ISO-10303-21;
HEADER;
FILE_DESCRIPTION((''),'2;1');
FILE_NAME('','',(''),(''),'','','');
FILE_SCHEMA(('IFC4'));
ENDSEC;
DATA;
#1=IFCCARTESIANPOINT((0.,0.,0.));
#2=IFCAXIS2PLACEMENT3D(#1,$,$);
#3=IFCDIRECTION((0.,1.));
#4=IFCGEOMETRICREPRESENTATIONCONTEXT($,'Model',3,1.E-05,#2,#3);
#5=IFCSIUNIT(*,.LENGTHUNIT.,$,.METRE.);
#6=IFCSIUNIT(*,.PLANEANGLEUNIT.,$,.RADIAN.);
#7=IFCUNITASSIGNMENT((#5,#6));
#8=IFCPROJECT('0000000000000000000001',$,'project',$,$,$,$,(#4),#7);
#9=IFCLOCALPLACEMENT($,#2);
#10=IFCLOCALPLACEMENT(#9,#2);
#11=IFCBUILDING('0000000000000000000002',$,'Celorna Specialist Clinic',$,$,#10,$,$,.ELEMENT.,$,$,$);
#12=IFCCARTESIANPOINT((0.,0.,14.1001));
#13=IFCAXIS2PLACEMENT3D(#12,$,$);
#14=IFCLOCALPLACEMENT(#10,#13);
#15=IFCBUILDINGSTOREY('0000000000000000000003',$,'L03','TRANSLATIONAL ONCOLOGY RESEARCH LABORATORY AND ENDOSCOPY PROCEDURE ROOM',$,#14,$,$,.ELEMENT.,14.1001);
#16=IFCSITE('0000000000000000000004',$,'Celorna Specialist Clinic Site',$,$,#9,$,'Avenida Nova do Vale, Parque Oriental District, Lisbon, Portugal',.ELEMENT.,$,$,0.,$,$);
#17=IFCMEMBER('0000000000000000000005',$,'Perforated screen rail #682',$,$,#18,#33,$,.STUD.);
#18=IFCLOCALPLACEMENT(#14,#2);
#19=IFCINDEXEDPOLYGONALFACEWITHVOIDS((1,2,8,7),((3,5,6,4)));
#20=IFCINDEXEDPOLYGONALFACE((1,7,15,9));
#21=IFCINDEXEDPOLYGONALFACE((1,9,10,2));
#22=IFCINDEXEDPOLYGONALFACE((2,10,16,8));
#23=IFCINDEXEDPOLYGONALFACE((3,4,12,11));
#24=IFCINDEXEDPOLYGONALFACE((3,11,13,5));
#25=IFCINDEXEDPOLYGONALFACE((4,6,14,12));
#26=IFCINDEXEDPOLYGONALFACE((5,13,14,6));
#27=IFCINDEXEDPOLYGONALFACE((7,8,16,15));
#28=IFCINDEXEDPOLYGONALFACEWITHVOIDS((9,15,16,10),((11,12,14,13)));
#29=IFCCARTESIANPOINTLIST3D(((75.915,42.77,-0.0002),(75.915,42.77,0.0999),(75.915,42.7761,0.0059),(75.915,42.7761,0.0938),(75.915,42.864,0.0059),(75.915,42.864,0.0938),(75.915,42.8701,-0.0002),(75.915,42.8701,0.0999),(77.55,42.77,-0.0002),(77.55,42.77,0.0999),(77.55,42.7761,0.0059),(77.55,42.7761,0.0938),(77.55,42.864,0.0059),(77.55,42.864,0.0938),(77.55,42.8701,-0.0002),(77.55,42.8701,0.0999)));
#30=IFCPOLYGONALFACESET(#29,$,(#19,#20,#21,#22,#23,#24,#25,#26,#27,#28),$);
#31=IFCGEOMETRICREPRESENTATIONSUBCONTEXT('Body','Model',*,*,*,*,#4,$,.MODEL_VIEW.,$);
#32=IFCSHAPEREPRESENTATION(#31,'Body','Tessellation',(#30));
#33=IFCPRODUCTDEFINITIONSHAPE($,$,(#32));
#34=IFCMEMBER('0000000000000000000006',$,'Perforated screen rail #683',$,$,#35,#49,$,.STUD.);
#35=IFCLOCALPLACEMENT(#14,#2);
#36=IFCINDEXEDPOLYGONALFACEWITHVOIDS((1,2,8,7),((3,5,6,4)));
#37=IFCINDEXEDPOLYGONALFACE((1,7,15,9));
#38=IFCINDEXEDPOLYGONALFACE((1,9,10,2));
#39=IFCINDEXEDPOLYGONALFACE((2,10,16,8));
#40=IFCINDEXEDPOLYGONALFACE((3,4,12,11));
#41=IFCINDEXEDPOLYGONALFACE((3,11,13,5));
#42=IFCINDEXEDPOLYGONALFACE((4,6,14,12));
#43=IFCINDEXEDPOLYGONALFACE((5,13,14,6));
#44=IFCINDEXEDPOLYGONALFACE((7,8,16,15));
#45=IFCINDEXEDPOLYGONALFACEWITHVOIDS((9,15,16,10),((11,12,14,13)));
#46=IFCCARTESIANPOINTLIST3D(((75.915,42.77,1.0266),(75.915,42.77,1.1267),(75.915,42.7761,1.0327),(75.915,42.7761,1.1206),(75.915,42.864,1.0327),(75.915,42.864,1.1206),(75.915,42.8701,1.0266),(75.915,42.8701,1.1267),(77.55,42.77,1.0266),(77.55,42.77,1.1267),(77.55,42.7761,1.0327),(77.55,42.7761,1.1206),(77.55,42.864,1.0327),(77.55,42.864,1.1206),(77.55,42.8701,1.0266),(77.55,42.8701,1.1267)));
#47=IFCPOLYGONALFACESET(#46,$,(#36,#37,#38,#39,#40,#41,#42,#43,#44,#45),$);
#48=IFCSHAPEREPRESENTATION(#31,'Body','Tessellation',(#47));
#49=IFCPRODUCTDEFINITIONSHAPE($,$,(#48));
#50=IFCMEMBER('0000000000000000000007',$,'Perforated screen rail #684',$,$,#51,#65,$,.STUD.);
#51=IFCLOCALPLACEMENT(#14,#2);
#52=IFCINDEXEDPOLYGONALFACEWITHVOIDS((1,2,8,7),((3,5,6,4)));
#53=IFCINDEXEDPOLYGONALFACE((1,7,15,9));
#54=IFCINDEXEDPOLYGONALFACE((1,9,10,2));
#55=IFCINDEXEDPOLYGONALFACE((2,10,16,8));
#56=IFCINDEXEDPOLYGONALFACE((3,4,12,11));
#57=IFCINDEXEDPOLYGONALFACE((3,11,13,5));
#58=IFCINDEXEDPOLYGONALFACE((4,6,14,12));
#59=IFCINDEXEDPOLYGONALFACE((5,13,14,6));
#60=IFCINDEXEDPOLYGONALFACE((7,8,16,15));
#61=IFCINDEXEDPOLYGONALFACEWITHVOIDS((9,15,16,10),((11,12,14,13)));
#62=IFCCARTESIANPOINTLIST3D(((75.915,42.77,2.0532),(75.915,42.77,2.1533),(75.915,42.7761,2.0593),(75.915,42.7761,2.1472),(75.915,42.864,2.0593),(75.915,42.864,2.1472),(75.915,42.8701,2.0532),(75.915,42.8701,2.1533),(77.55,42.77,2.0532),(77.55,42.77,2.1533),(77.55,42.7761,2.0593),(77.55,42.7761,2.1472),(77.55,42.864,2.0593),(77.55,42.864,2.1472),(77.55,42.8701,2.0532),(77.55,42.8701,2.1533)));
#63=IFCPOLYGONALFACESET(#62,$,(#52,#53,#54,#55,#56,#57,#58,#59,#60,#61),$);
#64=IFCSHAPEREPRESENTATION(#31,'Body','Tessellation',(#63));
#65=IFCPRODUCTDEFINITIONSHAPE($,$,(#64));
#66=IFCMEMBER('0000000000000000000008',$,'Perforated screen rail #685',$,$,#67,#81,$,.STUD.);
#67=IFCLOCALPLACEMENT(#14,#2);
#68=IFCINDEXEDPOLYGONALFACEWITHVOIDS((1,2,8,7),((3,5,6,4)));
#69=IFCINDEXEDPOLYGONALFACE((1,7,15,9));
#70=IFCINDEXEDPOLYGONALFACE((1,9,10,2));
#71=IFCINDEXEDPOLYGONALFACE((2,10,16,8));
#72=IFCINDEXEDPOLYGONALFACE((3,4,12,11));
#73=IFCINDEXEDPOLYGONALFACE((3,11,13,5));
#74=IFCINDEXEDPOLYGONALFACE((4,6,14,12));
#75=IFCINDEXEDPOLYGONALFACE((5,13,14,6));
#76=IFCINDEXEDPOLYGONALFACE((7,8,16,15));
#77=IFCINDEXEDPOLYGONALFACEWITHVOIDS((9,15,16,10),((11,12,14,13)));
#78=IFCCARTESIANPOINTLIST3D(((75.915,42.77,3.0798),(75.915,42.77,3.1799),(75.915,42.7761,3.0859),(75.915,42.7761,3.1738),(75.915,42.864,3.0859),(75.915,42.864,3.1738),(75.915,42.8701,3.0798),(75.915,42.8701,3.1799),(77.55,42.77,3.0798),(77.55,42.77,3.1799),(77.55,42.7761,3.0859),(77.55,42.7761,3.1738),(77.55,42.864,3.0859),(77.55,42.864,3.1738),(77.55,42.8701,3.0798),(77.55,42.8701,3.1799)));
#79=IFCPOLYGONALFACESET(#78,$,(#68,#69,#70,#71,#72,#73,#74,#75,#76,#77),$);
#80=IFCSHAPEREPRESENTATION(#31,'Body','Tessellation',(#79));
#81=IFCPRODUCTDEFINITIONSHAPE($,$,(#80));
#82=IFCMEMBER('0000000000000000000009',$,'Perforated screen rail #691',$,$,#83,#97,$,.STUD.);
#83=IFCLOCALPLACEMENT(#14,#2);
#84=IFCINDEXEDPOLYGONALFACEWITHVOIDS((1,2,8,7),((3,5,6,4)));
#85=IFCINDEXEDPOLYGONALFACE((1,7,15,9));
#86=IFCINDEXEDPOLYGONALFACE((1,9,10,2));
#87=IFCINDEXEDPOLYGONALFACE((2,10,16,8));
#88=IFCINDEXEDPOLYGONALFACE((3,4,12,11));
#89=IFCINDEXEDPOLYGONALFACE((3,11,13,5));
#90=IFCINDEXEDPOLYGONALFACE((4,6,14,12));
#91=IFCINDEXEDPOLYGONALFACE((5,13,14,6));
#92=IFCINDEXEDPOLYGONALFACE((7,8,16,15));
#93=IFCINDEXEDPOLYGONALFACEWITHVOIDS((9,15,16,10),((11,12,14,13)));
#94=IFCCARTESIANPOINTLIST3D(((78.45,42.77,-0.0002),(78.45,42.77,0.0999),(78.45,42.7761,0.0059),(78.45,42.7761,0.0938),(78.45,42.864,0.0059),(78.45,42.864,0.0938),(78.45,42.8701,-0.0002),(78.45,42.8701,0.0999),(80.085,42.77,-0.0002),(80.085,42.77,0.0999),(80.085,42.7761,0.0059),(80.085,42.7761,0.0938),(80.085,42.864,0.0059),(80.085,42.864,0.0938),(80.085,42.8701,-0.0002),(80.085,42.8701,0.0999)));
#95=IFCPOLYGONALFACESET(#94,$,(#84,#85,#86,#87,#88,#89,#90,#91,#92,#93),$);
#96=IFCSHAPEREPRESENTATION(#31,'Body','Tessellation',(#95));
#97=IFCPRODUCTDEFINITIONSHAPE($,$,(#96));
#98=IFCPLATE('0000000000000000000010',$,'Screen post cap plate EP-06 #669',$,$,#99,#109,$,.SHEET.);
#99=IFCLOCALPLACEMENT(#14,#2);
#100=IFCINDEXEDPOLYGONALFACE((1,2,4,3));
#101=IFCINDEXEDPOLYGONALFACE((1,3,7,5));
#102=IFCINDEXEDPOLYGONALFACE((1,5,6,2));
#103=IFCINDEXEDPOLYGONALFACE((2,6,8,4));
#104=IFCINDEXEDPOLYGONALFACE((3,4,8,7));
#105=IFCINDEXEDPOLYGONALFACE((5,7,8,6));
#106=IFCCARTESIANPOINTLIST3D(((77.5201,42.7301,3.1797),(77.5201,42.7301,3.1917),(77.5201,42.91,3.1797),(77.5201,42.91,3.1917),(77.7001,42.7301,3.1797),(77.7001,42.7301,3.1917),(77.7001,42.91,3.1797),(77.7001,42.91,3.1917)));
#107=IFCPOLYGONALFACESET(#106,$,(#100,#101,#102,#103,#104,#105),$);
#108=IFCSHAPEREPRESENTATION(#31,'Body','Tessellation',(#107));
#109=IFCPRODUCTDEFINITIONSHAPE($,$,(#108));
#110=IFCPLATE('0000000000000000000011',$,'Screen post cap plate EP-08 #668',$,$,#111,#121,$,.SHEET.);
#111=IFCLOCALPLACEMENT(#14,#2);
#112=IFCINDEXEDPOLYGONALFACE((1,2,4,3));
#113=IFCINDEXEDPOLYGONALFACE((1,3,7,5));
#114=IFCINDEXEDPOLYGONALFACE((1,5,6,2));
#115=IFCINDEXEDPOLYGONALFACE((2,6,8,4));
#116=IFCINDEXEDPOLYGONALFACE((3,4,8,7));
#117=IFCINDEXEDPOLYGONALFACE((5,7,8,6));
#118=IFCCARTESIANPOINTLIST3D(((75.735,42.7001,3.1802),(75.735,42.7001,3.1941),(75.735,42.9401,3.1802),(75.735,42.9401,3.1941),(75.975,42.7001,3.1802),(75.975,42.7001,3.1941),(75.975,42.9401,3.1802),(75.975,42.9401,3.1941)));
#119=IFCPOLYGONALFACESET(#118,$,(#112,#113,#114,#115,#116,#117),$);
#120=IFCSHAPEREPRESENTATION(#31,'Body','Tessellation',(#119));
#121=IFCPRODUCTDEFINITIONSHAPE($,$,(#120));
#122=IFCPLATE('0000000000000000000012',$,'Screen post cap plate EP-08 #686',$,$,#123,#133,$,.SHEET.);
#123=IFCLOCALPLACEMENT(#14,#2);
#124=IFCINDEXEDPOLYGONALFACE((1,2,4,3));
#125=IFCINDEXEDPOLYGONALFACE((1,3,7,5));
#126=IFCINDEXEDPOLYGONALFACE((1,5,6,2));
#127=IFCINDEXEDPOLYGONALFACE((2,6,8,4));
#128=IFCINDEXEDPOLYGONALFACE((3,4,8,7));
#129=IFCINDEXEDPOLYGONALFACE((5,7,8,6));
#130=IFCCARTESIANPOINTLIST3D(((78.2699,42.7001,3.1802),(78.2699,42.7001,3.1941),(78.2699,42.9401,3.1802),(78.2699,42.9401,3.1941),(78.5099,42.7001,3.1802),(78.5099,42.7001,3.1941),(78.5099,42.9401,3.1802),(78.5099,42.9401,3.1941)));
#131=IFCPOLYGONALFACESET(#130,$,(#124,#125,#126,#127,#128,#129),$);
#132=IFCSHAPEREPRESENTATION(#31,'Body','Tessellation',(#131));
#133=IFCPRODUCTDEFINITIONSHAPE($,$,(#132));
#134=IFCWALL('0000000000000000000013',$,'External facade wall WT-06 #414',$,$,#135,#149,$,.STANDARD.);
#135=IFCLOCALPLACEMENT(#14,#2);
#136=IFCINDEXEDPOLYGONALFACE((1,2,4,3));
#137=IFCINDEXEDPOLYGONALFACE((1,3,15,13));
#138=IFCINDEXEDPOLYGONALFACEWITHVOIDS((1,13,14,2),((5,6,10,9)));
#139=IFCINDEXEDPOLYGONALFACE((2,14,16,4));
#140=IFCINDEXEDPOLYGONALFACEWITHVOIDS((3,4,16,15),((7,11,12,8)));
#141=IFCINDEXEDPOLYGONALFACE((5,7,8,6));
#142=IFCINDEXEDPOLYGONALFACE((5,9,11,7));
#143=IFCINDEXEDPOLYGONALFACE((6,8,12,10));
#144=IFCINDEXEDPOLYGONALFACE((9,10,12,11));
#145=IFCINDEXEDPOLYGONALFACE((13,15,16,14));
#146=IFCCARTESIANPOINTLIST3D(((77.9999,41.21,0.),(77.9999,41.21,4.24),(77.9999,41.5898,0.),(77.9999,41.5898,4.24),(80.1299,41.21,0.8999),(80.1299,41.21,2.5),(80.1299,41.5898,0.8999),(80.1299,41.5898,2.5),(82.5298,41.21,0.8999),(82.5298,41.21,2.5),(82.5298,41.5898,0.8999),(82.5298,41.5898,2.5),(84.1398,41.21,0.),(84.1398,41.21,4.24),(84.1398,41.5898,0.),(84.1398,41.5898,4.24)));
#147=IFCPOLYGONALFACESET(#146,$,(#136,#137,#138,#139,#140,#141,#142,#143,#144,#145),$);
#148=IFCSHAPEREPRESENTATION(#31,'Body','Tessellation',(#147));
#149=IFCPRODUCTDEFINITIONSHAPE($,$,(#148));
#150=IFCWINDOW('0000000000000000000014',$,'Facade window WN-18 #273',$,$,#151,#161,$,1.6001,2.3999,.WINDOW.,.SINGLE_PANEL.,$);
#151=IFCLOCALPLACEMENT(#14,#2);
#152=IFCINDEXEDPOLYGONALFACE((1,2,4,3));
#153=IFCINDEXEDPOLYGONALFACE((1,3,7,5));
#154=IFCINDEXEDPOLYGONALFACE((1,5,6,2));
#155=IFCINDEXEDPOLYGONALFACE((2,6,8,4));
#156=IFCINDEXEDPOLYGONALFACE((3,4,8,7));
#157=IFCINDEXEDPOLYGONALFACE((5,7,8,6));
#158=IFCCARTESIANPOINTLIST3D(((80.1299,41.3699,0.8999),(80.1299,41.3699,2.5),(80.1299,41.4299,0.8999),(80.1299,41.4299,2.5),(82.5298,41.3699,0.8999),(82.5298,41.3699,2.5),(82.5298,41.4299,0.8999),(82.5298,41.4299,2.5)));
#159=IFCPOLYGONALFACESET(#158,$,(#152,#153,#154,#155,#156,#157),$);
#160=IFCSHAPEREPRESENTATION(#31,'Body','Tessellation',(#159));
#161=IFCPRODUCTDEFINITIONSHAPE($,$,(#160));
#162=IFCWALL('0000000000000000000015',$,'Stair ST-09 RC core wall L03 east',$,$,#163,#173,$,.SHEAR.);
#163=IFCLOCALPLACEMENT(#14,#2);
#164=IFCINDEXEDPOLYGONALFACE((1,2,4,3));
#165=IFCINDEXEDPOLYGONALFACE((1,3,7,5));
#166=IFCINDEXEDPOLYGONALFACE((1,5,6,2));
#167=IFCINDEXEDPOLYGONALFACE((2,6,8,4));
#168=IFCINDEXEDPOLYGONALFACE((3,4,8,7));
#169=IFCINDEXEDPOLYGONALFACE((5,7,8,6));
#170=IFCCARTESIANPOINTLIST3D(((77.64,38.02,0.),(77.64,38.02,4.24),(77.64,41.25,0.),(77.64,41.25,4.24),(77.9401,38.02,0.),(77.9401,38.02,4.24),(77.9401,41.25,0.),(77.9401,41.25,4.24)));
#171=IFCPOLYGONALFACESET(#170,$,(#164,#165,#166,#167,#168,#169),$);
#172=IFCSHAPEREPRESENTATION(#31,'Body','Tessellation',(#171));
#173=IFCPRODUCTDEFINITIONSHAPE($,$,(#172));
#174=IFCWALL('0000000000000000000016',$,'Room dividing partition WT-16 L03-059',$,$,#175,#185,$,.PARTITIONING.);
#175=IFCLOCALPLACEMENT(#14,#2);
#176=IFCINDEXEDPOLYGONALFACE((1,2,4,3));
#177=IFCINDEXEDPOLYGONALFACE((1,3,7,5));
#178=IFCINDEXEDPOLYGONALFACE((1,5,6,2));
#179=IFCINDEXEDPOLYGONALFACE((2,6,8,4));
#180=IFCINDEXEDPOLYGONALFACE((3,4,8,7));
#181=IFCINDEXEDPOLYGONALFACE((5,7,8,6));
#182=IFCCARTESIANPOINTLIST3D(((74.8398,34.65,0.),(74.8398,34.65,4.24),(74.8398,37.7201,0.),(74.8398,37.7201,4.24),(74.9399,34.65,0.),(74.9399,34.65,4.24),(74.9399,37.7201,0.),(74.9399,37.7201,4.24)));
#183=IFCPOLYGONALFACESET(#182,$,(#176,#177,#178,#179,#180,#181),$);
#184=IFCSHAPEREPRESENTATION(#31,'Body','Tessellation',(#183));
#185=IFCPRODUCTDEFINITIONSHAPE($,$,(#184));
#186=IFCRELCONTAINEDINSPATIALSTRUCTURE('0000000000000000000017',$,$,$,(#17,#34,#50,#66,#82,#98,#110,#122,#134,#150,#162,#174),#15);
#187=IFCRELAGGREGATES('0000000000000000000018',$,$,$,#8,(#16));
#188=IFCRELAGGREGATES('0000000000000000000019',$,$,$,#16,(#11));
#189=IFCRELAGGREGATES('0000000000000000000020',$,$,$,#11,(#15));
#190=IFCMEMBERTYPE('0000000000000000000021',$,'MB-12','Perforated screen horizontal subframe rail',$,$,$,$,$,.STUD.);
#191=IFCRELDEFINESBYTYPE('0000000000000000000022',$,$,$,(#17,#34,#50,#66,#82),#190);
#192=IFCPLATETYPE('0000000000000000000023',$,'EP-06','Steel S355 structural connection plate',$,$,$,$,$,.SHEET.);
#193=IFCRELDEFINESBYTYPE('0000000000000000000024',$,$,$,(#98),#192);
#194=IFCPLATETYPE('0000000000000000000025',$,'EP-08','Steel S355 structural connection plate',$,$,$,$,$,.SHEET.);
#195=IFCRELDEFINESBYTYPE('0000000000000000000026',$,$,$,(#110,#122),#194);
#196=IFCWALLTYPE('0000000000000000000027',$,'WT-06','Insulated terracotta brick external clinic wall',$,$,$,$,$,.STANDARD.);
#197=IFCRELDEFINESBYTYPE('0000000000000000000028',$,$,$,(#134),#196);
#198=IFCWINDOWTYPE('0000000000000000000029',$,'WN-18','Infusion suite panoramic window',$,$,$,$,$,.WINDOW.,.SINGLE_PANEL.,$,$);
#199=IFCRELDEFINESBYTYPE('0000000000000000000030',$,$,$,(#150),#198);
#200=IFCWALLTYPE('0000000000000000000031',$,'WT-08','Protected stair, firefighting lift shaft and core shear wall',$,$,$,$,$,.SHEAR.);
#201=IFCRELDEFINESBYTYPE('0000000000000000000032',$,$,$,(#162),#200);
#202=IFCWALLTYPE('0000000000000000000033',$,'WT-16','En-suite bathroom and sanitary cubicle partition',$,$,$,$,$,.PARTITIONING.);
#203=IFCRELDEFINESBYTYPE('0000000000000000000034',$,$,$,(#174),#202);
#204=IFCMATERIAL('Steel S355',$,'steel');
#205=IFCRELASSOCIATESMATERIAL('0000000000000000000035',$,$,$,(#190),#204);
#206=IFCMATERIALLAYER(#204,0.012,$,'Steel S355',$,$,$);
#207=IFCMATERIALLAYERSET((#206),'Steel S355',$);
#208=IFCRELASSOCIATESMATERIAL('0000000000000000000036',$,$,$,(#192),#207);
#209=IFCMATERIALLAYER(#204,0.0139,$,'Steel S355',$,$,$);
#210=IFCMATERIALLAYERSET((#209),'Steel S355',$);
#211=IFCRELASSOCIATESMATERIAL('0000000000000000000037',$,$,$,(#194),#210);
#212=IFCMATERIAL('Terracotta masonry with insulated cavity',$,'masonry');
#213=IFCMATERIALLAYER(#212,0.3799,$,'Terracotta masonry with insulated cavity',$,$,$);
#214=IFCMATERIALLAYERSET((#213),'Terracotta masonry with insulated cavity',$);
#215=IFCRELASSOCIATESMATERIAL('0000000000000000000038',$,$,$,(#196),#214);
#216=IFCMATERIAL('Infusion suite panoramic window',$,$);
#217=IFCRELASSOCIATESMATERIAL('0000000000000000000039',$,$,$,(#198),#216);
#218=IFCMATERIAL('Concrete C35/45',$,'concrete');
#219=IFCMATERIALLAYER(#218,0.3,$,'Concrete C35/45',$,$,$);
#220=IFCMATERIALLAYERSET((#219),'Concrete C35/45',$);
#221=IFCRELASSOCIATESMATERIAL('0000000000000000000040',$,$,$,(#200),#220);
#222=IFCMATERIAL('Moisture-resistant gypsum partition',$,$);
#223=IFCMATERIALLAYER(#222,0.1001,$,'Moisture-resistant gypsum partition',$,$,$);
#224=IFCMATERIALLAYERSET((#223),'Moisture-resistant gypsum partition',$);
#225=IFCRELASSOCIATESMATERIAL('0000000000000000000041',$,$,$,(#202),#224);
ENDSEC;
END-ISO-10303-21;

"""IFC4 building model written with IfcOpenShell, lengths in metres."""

from ifc_helpers import new_model, si_unit, direction, frame, frame_2d, origin, origin_2d, place, context, subcontext, project, spatial, rectangle, hollow_rectangle, extrude, material, layer, layer_set, material_profile, profile_set, type_object, element, fill, save


model = new_model("IFC4")

# Units and contexts
model_context = context("Model", 3, precision=1e-05, world=origin(), true_north=direction((0.0, 1.0)))
body_context = subcontext(model_context, "Body", "Model", "MODEL_VIEW")
ifc_project = project(units=[si_unit("LENGTHUNIT", "METRE"), si_unit("PLANEANGLEUNIT", "RADIAN")], contexts=[model_context])

# Site, building, storey
site_placement = place(None, origin())
site = spatial("IfcSite", under=ifc_project, at=site_placement, Name="Celorna Specialist Clinic Site", LongName="Avenida Nova do Vale, Parque Oriental District, Lisbon, Portugal", CompositionType="ELEMENT", RefElevation=0.0)
building_placement = place(site_placement, origin())
building = spatial("IfcBuilding", under=site, at=building_placement, Name="Celorna Specialist Clinic", CompositionType="ELEMENT")
storey_placement = place(building_placement, frame((0.0, 0.0, 14.1001)))
storey = spatial("IfcBuildingStorey", under=building, at=storey_placement, Name="L03", Description="TRANSLATIONAL ONCOLOGY RESEARCH LABORATORY AND ENDOSCOPY PROCEDURE ROOM", CompositionType="ELEMENT", Elevation=14.1001)

# Shared definitions
ifc_material_1 = material(Name="Concrete C35/45", Category="concrete")

# Shared definitions
ifc_material_2 = material(Name="Steel S355", Category="steel")

# Members
ifc_material_profile_1 = material_profile(ifc_material_2, hollow_rectangle(XDim=0.1001, YDim=0.1001, WallThickness=0.0061, at=origin_2d()), Name="SHS 100x100x6")
ifc_profile_set_1 = profile_set([ifc_material_profile_1], Name="Steel S355")
member_type_1 = type_object("IfcMemberType", Name="MB-12", Description="Perforated screen horizontal subframe rail", PredefinedType="STUD", material=ifc_profile_set_1)
for number, where, z_axis, x_axis, name in (
    (1, (75.915, 42.8201, 0.0498), (1.0, 0.0, 0.0), (0.0, 1.0, 0.0), "Perforated screen rail #682"),
    (2, (75.915, 42.8201, 1.0767), (1.0, 0.0, 0.0), (0.0, 1.0, 0.0), "Perforated screen rail #683"),
    (3, (75.915, 42.8201, 2.1033), (1.0, 0.0, 0.0), (0.0, 1.0, 0.0), "Perforated screen rail #684"),
    (4, (75.915, 42.8201, 3.1299), (1.0, 0.0, 0.0), (0.0, 1.0, 0.0), "Perforated screen rail #685"),
    (5, (78.45, 42.8201, 0.0498), (1.0, 0.0, 0.0), (0.0, 1.0, 0.0), "Perforated screen rail #691"),
):
    element("IfcMember", number, at=place(storey_placement, frame(where, z_axis=z_axis, x_axis=x_axis)), inside=storey, type_object=member_type_1, Name=name, PredefinedType="STUD", context=body_context, shape_type="SweptSolid", body=[
        extrude(hollow_rectangle(XDim=0.1001, YDim=0.1001, WallThickness=0.0061, at=origin_2d()), origin(), (0.0, 0.0, 1.0), 1.635),
    ])

# Plates
ifc_layer_1 = layer(ifc_material_2, 0.012, Name="Steel S355")
ifc_layer_set_1 = layer_set([ifc_layer_1], Name="Steel S355")
plate_type_1 = type_object("IfcPlateType", Name="EP-06", Description="Steel S355 structural connection plate", PredefinedType="SHEET", material=ifc_layer_set_1)
plate_placement = place(storey_placement, frame((77.6101, 42.8201, 3.1797), z_axis=(0.0, 0.0, 1.0), x_axis=(1.0, 0.0, 0.0)))
element("IfcPlate", 6, at=plate_placement, inside=storey, type_object=plate_type_1, Name="Screen post cap plate EP-06 #669", PredefinedType="SHEET", context=body_context, shape_type="SweptSolid", body=[
    extrude(rectangle(XDim=0.1799, YDim=0.1799, at=origin_2d()), origin(), (0.0, 0.0, 1.0), 0.012),
])
ifc_layer_2 = layer(ifc_material_2, 0.0139, Name="Steel S355")
ifc_layer_set_2 = layer_set([ifc_layer_2], Name="Steel S355")
plate_type_2 = type_object("IfcPlateType", Name="EP-08", Description="Steel S355 structural connection plate", PredefinedType="SHEET", material=ifc_layer_set_2)
for number, where, z_axis, x_axis, name in (
    (7, (75.855, 42.8201, 3.1802), (0.0, 0.0, 1.0), (1.0, 0.0, 0.0), "Screen post cap plate EP-08 #668"),
    (8, (78.3899, 42.8201, 3.1802), (0.0, 0.0, 1.0), (1.0, 0.0, 0.0), "Screen post cap plate EP-08 #686"),
):
    element("IfcPlate", number, at=place(storey_placement, frame(where, z_axis=z_axis, x_axis=x_axis)), inside=storey, type_object=plate_type_2, Name=name, PredefinedType="SHEET", context=body_context, shape_type="SweptSolid", body=[
        extrude(rectangle(XDim=0.24, YDim=0.24, at=origin_2d()), origin(), (0.0, 0.0, 1.0), 0.0139),
    ])

# Wall, opening, window
ifc_material_3 = material(Name="Terracotta masonry with insulated cavity", Category="masonry")
ifc_layer_3 = layer(ifc_material_3, 0.3799, Name="Terracotta masonry with insulated cavity")
ifc_layer_set_3 = layer_set([ifc_layer_3], Name="Terracotta masonry with insulated cavity")
wall_type_1 = type_object("IfcWallType", Name="WT-06", Description="Insulated terracotta brick external clinic wall", PredefinedType="STANDARD", material=ifc_layer_set_3)
wall_1_placement = place(storey_placement, frame((78.0, 41.3999, 0.0), z_axis=(0.0, 0.0, 1.0), x_axis=(1.0, 0.0, 0.0)))
wall_1 = element("IfcWall", 9, at=wall_1_placement, inside=storey, type_object=wall_type_1, Name="External facade wall WT-06 #414", PredefinedType="STANDARD", context=body_context, shape_type="SweptSolid", body=[
    extrude(rectangle(XDim=6.1399, YDim=0.3799, at=frame_2d((3.0698, 0.0))), origin(), (0.0, 0.0, 1.0), 4.24),
])
opening_placement = place(wall_1_placement, frame((2.1299, 0.0, 0.8999)))
opening = element("IfcOpeningElement", 10, at=opening_placement, cuts=wall_1, PredefinedType="OPENING", context=body_context, shape_type="SweptSolid", body=[
    extrude(rectangle(XDim=2.3999, YDim=1.6001, at=frame_2d((1.2, 0.8))), frame((0.0, 0.2, 0.0), z_axis=(0.0, -1.0, 0.0), x_axis=(1.0, 0.0, 0.0)), (0.0, 0.0, 1.0), 0.3999),
])
ifc_material_4 = material(Name="Infusion suite panoramic window")
window_type = type_object("IfcWindowType", Name="WN-18", Description="Infusion suite panoramic window", PartitioningType="SINGLE_PANEL", PredefinedType="WINDOW", material=ifc_material_4)
window_placement = place(opening_placement, origin())
window = element("IfcWindow", 11, at=window_placement, inside=storey, type_object=window_type, Name="Facade window WN-18 #273", OverallHeight=1.6001, OverallWidth=2.3999, PartitioningType="SINGLE_PANEL", PredefinedType="WINDOW", context=body_context, shape_type="SweptSolid", body=[
    extrude(rectangle(XDim=2.3999, YDim=1.6001, at=frame_2d((1.2, 0.8))), frame((0.0, 0.03, 0.0), z_axis=(0.0, -1.0, 0.0), x_axis=(1.0, 0.0, 0.0)), (0.0, 0.0, 1.0), 0.0601),
])
fill(opening, window)

# Walls
ifc_layer_4 = layer(ifc_material_1, 0.3, Name="Concrete C35/45")
ifc_layer_set_4 = layer_set([ifc_layer_4], Name="Concrete C35/45")
wall_type_2 = type_object("IfcWallType", Name="WT-08", Description="Protected stair, firefighting lift shaft and core shear wall", PredefinedType="SHEAR", material=ifc_layer_set_4)
wall_2_placement = place(storey_placement, frame((77.79, 38.02, 0.0), z_axis=(0.0, 0.0, 1.0), x_axis=(0.0, 1.0, 0.0)))
element("IfcWall", 12, at=wall_2_placement, inside=storey, type_object=wall_type_2, Name="Stair ST-09 RC core wall L03 east", PredefinedType="SHEAR", context=body_context, shape_type="SweptSolid", body=[
    extrude(rectangle(XDim=3.23, YDim=0.3, at=frame_2d((1.615, 0.0))), origin(), (0.0, 0.0, 1.0), 4.24),
])
ifc_material_5 = material(Name="Moisture-resistant gypsum partition")
ifc_layer_5 = layer(ifc_material_5, 0.1001, Name="Moisture-resistant gypsum partition")
ifc_layer_set_5 = layer_set([ifc_layer_5], Name="Moisture-resistant gypsum partition")
wall_type_3 = type_object("IfcWallType", Name="WT-16", Description="En-suite bathroom and sanitary cubicle partition", PredefinedType="PARTITIONING", material=ifc_layer_set_5)
wall_3_placement = place(storey_placement, frame((74.8899, 34.6499, 0.0), z_axis=(0.0, 0.0, 1.0), x_axis=(0.0, 1.0, 0.0)))
element("IfcWall", 13, at=wall_3_placement, inside=storey, type_object=wall_type_3, Name="Room dividing partition WT-16 L03-059", PredefinedType="PARTITIONING", context=body_context, shape_type="SweptSolid", body=[
    extrude(rectangle(XDim=3.0701, YDim=0.1001, at=frame_2d((1.5352, 0.0))), origin(), (0.0, 0.0, 1.0), 4.24),
])

save(model, "model.ifc")
